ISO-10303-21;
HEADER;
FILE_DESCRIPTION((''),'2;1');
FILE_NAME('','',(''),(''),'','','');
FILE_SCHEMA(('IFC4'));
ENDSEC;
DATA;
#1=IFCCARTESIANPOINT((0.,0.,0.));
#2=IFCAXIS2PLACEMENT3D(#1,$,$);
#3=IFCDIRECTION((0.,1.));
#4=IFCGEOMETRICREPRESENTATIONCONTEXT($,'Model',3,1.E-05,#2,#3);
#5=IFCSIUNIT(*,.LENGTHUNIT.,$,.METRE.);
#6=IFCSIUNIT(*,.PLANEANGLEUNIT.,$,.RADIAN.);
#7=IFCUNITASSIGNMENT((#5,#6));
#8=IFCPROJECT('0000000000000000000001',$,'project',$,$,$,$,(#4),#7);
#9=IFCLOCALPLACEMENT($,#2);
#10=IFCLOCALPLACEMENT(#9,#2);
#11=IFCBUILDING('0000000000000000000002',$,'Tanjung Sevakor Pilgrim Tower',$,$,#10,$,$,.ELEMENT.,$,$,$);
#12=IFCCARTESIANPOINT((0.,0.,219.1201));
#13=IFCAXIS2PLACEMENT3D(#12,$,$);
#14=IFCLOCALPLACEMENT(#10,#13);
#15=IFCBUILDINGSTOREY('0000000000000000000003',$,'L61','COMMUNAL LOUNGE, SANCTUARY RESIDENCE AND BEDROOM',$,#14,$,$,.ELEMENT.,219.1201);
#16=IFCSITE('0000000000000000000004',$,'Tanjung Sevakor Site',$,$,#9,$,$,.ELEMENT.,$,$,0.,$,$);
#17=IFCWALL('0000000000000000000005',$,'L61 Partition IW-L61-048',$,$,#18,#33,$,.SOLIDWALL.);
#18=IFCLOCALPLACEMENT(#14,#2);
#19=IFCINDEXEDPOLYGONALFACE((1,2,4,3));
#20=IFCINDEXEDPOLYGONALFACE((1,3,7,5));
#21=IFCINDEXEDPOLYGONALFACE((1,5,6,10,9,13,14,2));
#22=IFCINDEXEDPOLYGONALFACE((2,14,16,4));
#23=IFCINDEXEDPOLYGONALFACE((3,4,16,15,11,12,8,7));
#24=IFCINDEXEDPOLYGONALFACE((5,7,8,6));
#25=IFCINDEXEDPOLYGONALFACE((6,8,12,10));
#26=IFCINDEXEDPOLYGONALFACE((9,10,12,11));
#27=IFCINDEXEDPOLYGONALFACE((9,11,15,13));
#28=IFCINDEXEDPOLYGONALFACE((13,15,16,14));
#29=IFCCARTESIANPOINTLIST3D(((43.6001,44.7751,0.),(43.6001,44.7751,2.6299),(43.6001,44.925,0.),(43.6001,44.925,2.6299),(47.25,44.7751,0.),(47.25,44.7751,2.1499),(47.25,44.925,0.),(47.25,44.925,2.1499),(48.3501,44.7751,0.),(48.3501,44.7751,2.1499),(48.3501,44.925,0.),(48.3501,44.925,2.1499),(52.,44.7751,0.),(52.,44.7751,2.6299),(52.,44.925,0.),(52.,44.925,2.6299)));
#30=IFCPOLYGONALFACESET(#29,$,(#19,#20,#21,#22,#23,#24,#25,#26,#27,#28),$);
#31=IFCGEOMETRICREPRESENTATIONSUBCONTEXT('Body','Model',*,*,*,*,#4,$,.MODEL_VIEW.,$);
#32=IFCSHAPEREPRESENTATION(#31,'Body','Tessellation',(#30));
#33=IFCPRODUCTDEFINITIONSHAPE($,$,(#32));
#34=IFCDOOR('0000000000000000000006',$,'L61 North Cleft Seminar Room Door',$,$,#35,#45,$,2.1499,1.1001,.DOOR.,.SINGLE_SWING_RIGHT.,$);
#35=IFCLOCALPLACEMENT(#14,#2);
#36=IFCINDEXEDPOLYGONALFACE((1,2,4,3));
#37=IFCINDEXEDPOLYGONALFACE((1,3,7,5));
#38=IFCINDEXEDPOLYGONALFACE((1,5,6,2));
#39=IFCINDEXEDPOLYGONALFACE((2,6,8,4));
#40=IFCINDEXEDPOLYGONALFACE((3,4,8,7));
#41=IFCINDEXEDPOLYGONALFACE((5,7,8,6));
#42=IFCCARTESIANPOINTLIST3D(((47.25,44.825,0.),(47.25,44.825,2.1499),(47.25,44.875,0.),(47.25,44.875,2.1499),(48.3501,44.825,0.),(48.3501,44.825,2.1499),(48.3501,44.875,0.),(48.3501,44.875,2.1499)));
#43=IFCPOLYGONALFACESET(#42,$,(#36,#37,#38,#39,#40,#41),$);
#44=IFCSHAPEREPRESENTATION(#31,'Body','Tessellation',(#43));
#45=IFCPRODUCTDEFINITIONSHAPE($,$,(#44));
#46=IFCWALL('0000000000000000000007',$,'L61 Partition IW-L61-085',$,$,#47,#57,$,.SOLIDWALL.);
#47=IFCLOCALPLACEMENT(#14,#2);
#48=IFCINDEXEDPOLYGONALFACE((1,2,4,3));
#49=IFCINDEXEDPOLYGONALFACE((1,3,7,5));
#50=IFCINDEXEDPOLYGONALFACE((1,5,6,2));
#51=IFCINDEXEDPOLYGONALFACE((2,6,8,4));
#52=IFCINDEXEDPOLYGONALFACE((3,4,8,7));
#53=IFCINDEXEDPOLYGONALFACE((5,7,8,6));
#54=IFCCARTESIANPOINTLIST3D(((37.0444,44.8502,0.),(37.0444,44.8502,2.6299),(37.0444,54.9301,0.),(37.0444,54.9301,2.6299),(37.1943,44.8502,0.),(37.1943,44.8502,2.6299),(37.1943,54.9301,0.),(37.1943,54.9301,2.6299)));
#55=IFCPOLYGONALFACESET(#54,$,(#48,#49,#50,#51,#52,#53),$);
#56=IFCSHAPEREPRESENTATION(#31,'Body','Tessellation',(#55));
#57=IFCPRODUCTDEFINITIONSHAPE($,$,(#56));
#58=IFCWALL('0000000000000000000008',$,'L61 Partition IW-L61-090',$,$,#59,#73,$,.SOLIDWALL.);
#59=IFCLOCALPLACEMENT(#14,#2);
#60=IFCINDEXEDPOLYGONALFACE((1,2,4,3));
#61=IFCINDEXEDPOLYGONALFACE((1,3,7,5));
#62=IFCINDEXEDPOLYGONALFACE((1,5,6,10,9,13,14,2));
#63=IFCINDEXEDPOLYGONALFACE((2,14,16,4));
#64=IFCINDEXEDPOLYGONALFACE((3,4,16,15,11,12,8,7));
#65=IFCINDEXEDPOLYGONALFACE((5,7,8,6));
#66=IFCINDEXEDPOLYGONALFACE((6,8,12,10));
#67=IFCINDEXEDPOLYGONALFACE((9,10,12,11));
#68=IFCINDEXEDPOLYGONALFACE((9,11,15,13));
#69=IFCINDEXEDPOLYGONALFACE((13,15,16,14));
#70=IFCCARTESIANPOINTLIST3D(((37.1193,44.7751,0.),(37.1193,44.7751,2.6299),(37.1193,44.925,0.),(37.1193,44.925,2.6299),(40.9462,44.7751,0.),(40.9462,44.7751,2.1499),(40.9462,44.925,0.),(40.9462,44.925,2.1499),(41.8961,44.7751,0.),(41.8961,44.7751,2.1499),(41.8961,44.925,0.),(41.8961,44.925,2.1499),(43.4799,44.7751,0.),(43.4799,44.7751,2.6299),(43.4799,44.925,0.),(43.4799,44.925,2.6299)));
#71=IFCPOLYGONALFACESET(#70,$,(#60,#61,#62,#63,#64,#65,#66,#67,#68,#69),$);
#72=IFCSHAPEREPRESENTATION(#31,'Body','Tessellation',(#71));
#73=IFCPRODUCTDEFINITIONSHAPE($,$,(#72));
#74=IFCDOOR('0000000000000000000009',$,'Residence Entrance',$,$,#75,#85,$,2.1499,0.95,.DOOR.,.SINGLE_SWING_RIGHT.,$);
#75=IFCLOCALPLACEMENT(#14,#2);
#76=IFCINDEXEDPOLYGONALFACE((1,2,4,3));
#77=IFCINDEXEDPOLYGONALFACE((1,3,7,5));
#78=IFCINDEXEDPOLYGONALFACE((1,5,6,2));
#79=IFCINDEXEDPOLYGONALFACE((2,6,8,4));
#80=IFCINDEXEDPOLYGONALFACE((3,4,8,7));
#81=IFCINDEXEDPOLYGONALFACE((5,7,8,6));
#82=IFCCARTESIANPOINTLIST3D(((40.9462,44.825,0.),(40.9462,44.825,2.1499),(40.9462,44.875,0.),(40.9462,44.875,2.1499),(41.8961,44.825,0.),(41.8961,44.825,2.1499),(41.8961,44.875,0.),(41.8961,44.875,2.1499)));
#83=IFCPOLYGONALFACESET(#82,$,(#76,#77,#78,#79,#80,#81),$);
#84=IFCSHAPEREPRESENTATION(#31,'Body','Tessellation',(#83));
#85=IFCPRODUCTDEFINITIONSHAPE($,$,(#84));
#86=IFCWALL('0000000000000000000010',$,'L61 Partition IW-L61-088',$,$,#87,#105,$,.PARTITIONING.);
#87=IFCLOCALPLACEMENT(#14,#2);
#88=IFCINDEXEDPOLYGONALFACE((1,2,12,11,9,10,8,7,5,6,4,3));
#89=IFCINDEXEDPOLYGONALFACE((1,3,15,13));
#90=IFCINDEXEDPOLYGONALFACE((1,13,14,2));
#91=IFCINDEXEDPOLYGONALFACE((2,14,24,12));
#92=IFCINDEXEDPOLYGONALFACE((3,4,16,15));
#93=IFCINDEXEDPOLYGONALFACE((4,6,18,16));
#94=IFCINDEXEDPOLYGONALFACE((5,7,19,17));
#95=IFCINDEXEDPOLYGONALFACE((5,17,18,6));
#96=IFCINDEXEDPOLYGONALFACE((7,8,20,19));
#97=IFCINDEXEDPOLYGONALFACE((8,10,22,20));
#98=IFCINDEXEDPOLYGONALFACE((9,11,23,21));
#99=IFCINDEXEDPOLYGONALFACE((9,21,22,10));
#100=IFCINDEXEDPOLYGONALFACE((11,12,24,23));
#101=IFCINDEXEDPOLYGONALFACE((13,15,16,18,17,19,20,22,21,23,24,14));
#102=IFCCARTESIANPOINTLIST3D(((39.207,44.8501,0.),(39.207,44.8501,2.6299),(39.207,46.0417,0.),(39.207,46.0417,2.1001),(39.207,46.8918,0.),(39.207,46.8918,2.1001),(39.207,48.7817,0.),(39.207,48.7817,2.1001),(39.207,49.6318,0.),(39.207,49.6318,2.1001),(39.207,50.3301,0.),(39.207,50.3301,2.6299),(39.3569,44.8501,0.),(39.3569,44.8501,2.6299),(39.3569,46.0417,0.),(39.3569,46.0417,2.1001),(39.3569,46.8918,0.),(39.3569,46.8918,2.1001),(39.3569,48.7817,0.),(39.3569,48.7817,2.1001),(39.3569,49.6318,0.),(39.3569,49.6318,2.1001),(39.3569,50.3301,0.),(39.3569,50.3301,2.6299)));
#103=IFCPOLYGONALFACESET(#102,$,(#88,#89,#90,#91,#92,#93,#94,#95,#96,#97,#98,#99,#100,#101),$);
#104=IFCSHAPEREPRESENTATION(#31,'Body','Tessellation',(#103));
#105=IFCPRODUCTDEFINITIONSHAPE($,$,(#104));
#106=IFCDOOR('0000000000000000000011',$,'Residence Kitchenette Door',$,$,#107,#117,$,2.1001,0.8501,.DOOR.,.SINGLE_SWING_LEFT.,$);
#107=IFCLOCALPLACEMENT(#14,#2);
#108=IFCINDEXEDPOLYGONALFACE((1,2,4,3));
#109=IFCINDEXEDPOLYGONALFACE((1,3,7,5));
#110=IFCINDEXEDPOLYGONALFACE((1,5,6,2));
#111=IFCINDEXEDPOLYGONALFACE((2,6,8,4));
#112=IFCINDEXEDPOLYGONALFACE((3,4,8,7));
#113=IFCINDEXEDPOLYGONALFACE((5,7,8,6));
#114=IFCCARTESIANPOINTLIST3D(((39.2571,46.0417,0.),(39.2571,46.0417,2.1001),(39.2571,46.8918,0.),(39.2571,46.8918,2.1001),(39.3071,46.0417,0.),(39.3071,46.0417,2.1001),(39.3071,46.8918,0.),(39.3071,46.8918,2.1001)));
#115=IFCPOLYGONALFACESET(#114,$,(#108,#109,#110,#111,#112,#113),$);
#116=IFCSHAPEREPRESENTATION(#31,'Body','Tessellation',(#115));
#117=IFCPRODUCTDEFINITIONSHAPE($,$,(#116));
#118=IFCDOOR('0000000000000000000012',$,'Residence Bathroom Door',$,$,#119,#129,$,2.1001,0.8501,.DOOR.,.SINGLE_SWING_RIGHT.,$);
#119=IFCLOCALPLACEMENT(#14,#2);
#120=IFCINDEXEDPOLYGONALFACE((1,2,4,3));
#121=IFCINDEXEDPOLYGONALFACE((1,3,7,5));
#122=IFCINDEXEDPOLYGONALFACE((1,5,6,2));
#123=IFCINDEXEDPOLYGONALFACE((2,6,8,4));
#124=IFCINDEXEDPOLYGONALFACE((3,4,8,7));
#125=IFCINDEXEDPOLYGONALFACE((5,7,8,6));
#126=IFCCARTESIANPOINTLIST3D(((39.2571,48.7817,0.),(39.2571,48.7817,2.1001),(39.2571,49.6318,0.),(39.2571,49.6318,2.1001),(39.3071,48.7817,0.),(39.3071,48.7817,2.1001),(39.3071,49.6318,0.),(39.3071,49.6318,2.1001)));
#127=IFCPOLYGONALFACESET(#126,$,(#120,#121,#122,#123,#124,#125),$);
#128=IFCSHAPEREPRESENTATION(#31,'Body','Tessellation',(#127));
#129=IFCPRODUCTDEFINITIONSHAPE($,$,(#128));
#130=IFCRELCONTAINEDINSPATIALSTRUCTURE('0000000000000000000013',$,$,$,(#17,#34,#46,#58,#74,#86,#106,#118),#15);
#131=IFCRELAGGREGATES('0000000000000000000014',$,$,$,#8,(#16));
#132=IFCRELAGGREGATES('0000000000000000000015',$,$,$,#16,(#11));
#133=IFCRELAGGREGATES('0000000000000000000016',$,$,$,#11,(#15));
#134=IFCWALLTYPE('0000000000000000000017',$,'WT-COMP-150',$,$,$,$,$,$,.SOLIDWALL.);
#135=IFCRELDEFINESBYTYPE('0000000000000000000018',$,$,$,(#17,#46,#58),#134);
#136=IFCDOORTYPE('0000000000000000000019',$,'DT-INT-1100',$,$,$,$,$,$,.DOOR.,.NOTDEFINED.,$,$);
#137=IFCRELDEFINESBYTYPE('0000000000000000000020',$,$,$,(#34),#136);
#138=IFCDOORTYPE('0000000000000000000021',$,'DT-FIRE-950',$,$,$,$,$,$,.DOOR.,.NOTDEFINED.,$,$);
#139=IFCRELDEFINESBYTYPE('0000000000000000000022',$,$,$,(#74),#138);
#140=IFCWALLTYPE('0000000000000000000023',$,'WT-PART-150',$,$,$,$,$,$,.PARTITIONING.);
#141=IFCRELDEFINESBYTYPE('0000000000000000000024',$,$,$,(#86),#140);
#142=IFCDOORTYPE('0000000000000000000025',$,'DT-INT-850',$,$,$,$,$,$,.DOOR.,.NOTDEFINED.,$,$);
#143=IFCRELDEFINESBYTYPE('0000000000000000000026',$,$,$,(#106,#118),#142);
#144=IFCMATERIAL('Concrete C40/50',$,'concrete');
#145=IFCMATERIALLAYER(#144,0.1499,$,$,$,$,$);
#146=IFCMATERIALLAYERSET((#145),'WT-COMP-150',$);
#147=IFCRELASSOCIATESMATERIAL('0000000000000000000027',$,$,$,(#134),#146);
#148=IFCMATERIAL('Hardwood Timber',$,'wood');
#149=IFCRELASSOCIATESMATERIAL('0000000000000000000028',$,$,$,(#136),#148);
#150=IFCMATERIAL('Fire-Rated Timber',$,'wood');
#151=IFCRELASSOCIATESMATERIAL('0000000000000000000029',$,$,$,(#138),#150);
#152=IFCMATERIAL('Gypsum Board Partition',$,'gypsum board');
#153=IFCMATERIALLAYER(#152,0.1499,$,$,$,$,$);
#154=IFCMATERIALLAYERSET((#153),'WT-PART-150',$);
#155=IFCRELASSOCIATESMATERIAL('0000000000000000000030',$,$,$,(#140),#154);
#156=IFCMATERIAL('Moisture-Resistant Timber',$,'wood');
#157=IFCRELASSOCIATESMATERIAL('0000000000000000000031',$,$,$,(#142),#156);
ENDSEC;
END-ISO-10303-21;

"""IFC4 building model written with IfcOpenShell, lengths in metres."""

from ifc_helpers import new_model, si_unit, direction, frame, frame_2d, origin, place, context, subcontext, project, spatial, rectangle, extrude, material, layer, layer_set, type_object, element, fill, save


model = new_model("IFC4")

# Units and contexts
model_context = context("Model", 3, precision=1e-05, world=origin(), true_north=direction((0.0, 1.0)))
body_context = subcontext(model_context, "Body", "Model", "MODEL_VIEW")
ifc_project = project(units=[si_unit("LENGTHUNIT", "METRE"), si_unit("PLANEANGLEUNIT", "RADIAN")], contexts=[model_context])

# Site, building, storey
site_placement = place(None, origin())
site = spatial("IfcSite", under=ifc_project, at=site_placement, Name="Tanjung Sevakor Site", CompositionType="ELEMENT", RefElevation=0.0)
building_placement = place(site_placement, origin())
building = spatial("IfcBuilding", under=site, at=building_placement, Name="Tanjung Sevakor Pilgrim Tower", CompositionType="ELEMENT")
storey_placement = place(building_placement, frame((0.0, 0.0, 219.1201)))
storey = spatial("IfcBuildingStorey", under=building, at=storey_placement, Name="L61", Description="COMMUNAL LOUNGE, SANCTUARY RESIDENCE AND BEDROOM", CompositionType="ELEMENT", Elevation=219.1201)

# Shared definitions
ifc_material_1 = material(Name="Concrete C40/50", Category="concrete")
ifc_layer_1 = layer(ifc_material_1, 0.1499)
ifc_layer_set_1 = layer_set([ifc_layer_1], Name="WT-COMP-150")
wall_type_1 = type_object("IfcWallType", Name="WT-COMP-150", PredefinedType="SOLIDWALL", material=ifc_layer_set_1)

# Wall, opening, door
wall_1_placement = place(storey_placement, frame((43.6001, 44.8501, 0.0), z_axis=(0.0, 0.0, 1.0), x_axis=(1.0, 0.0, 0.0)))
wall_1 = element("IfcWall", 1, at=wall_1_placement, inside=storey, type_object=wall_type_1, Name="L61 Partition IW-L61-048", PredefinedType="SOLIDWALL", context=body_context, shape_type="SweptSolid", body=[
    extrude(rectangle(XDim=8.3999, YDim=0.1499, at=frame_2d((4.2, 0.0))), origin(), (0.0, 0.0, 1.0), 2.6299),
])
opening_1_placement = place(wall_1_placement, frame((3.6499, 0.0, 0.0)))
opening_1 = element("IfcOpeningElement", 2, at=opening_1_placement, cuts=wall_1, PredefinedType="OPENING", context=body_context, shape_type="SweptSolid", body=[
    extrude(rectangle(XDim=1.1001, YDim=2.1499, at=frame_2d((0.55, 1.075))), frame((0.0, 0.085, 0.0), z_axis=(0.0, -1.0, 0.0), x_axis=(1.0, 0.0, 0.0)), (0.0, 0.0, 1.0), 0.1699),
])
ifc_material_2 = material(Name="Hardwood Timber", Category="wood")
door_type_1 = type_object("IfcDoorType", Name="DT-INT-1100", OperationType="NOTDEFINED", PredefinedType="DOOR", material=ifc_material_2)
door_1_placement = place(opening_1_placement, origin())
door_1 = element("IfcDoor", 3, at=door_1_placement, inside=storey, type_object=door_type_1, Name="L61 North Cleft Seminar Room Door", OperationType="SINGLE_SWING_RIGHT", OverallHeight=2.1499, OverallWidth=1.1001, PredefinedType="DOOR", context=body_context, shape_type="SweptSolid", body=[
    extrude(rectangle(XDim=1.1001, YDim=2.1499, at=frame_2d((0.55, 1.075))), frame((0.0, 0.0249, 0.0), z_axis=(0.0, -1.0, 0.0), x_axis=(1.0, 0.0, 0.0)), (0.0, 0.0, 1.0), 0.05),
])
fill(opening_1, door_1)

# Wall
wall_2_placement = place(storey_placement, frame((37.1194, 44.8501, 0.0), z_axis=(0.0, 0.0, 1.0), x_axis=(0.0, 1.0, 0.0)))
element("IfcWall", 4, at=wall_2_placement, inside=storey, type_object=wall_type_1, Name="L61 Partition IW-L61-085", PredefinedType="SOLIDWALL", context=body_context, shape_type="SweptSolid", body=[
    extrude(rectangle(XDim=10.0798, YDim=0.1499, at=frame_2d((5.04, 0.0))), origin(), (0.0, 0.0, 1.0), 2.6299),
])

# Wall, opening, door
wall_3_placement = place(storey_placement, frame((37.1194, 44.8501, 0.0), z_axis=(0.0, 0.0, 1.0), x_axis=(1.0, 0.0, 0.0)))
wall_3 = element("IfcWall", 5, at=wall_3_placement, inside=storey, type_object=wall_type_1, Name="L61 Partition IW-L61-090", PredefinedType="SOLIDWALL", context=body_context, shape_type="SweptSolid", body=[
    extrude(rectangle(XDim=6.3606, YDim=0.1499, at=frame_2d((3.1802, 0.0))), origin(), (0.0, 0.0, 1.0), 2.6299),
])
opening_2_placement = place(wall_3_placement, frame((3.8267, 0.0, 0.0)))
opening_2 = element("IfcOpeningElement", 6, at=opening_2_placement, cuts=wall_3, PredefinedType="OPENING", context=body_context, shape_type="SweptSolid", body=[
    extrude(rectangle(XDim=0.95, YDim=2.1499, at=frame_2d((0.4751, 1.075))), frame((0.0, 0.085, 0.0), z_axis=(0.0, -1.0, 0.0), x_axis=(1.0, 0.0, 0.0)), (0.0, 0.0, 1.0), 0.1699),
])
ifc_material_3 = material(Name="Fire-Rated Timber", Category="wood")
door_type_2 = type_object("IfcDoorType", Name="DT-FIRE-950", OperationType="NOTDEFINED", PredefinedType="DOOR", material=ifc_material_3)
door_2_placement = place(opening_2_placement, origin())
door_2 = element("IfcDoor", 7, at=door_2_placement, inside=storey, type_object=door_type_2, Name="Residence Entrance", OperationType="SINGLE_SWING_RIGHT", OverallHeight=2.1499, OverallWidth=0.95, PredefinedType="DOOR", context=body_context, shape_type="SweptSolid", body=[
    extrude(rectangle(XDim=0.95, YDim=2.1499, at=frame_2d((0.4751, 1.075))), frame((0.0, 0.0249, 0.0), z_axis=(0.0, -1.0, 0.0), x_axis=(1.0, 0.0, 0.0)), (0.0, 0.0, 1.0), 0.05),
])
fill(opening_2, door_2)

# Wall, openings, doors
ifc_material_4 = material(Name="Gypsum Board Partition", Category="gypsum board")
ifc_layer_2 = layer(ifc_material_4, 0.1499)
ifc_layer_set_2 = layer_set([ifc_layer_2], Name="WT-PART-150")
wall_type_2 = type_object("IfcWallType", Name="WT-PART-150", PredefinedType="PARTITIONING", material=ifc_layer_set_2)
wall_4_placement = place(storey_placement, frame((39.282, 44.8501, 0.0), z_axis=(0.0, 0.0, 1.0), x_axis=(0.0, 1.0, 0.0)))
wall_4 = element("IfcWall", 8, at=wall_4_placement, inside=storey, type_object=wall_type_2, Name="L61 Partition IW-L61-088", PredefinedType="PARTITIONING", context=body_context, shape_type="SweptSolid", body=[
    extrude(rectangle(XDim=5.48, YDim=0.1499, at=frame_2d((2.74, 0.0))), origin(), (0.0, 0.0, 1.0), 2.6299),
])
opening_3_placement = place(wall_4_placement, frame((1.1917, 0.0, 0.0)))
opening_3 = element("IfcOpeningElement", 9, at=opening_3_placement, cuts=wall_4, PredefinedType="OPENING", context=body_context, shape_type="SweptSolid", body=[
    extrude(rectangle(XDim=0.8501, YDim=2.1001, at=frame_2d((0.425, 1.05))), frame((0.0, 0.085, 0.0), z_axis=(0.0, -1.0, 0.0), x_axis=(1.0, 0.0, 0.0)), (0.0, 0.0, 1.0), 0.1699),
])
opening_4_placement = place(wall_4_placement, frame((3.9316, 0.0, 0.0)))
opening_4 = element("IfcOpeningElement", 10, at=opening_4_placement, cuts=wall_4, PredefinedType="OPENING", context=body_context, shape_type="SweptSolid", body=[
    extrude(rectangle(XDim=0.8501, YDim=2.1001, at=frame_2d((0.425, 1.05))), frame((0.0, 0.085, 0.0), z_axis=(0.0, -1.0, 0.0), x_axis=(1.0, 0.0, 0.0)), (0.0, 0.0, 1.0), 0.1699),
])
ifc_material_5 = material(Name="Moisture-Resistant Timber", Category="wood")
door_type_3 = type_object("IfcDoorType", Name="DT-INT-850", OperationType="NOTDEFINED", PredefinedType="DOOR", material=ifc_material_5)
door_3_placement = place(opening_3_placement, origin())
door_3 = element("IfcDoor", 11, at=door_3_placement, inside=storey, type_object=door_type_3, Name="Residence Kitchenette Door", OperationType="SINGLE_SWING_LEFT", OverallHeight=2.1001, OverallWidth=0.8501, PredefinedType="DOOR", context=body_context, shape_type="SweptSolid", body=[
    extrude(rectangle(XDim=0.8501, YDim=2.1001, at=frame_2d((0.425, 1.05))), frame((0.0, 0.0249, 0.0), z_axis=(0.0, -1.0, 0.0), x_axis=(1.0, 0.0, 0.0)), (0.0, 0.0, 1.0), 0.05),
])
fill(opening_3, door_3)
door_4_placement = place(opening_4_placement, origin())
door_4 = element("IfcDoor", 12, at=door_4_placement, inside=storey, type_object=door_type_3, Name="Residence Bathroom Door", OperationType="SINGLE_SWING_RIGHT", OverallHeight=2.1001, OverallWidth=0.8501, PredefinedType="DOOR", context=body_context, shape_type="SweptSolid", body=[
    extrude(rectangle(XDim=0.8501, YDim=2.1001, at=frame_2d((0.425, 1.05))), frame((0.0, 0.0249, 0.0), z_axis=(0.0, -1.0, 0.0), x_axis=(1.0, 0.0, 0.0)), (0.0, 0.0, 1.0), 0.05),
])
fill(opening_4, door_4)

save(model, "model.ifc")
